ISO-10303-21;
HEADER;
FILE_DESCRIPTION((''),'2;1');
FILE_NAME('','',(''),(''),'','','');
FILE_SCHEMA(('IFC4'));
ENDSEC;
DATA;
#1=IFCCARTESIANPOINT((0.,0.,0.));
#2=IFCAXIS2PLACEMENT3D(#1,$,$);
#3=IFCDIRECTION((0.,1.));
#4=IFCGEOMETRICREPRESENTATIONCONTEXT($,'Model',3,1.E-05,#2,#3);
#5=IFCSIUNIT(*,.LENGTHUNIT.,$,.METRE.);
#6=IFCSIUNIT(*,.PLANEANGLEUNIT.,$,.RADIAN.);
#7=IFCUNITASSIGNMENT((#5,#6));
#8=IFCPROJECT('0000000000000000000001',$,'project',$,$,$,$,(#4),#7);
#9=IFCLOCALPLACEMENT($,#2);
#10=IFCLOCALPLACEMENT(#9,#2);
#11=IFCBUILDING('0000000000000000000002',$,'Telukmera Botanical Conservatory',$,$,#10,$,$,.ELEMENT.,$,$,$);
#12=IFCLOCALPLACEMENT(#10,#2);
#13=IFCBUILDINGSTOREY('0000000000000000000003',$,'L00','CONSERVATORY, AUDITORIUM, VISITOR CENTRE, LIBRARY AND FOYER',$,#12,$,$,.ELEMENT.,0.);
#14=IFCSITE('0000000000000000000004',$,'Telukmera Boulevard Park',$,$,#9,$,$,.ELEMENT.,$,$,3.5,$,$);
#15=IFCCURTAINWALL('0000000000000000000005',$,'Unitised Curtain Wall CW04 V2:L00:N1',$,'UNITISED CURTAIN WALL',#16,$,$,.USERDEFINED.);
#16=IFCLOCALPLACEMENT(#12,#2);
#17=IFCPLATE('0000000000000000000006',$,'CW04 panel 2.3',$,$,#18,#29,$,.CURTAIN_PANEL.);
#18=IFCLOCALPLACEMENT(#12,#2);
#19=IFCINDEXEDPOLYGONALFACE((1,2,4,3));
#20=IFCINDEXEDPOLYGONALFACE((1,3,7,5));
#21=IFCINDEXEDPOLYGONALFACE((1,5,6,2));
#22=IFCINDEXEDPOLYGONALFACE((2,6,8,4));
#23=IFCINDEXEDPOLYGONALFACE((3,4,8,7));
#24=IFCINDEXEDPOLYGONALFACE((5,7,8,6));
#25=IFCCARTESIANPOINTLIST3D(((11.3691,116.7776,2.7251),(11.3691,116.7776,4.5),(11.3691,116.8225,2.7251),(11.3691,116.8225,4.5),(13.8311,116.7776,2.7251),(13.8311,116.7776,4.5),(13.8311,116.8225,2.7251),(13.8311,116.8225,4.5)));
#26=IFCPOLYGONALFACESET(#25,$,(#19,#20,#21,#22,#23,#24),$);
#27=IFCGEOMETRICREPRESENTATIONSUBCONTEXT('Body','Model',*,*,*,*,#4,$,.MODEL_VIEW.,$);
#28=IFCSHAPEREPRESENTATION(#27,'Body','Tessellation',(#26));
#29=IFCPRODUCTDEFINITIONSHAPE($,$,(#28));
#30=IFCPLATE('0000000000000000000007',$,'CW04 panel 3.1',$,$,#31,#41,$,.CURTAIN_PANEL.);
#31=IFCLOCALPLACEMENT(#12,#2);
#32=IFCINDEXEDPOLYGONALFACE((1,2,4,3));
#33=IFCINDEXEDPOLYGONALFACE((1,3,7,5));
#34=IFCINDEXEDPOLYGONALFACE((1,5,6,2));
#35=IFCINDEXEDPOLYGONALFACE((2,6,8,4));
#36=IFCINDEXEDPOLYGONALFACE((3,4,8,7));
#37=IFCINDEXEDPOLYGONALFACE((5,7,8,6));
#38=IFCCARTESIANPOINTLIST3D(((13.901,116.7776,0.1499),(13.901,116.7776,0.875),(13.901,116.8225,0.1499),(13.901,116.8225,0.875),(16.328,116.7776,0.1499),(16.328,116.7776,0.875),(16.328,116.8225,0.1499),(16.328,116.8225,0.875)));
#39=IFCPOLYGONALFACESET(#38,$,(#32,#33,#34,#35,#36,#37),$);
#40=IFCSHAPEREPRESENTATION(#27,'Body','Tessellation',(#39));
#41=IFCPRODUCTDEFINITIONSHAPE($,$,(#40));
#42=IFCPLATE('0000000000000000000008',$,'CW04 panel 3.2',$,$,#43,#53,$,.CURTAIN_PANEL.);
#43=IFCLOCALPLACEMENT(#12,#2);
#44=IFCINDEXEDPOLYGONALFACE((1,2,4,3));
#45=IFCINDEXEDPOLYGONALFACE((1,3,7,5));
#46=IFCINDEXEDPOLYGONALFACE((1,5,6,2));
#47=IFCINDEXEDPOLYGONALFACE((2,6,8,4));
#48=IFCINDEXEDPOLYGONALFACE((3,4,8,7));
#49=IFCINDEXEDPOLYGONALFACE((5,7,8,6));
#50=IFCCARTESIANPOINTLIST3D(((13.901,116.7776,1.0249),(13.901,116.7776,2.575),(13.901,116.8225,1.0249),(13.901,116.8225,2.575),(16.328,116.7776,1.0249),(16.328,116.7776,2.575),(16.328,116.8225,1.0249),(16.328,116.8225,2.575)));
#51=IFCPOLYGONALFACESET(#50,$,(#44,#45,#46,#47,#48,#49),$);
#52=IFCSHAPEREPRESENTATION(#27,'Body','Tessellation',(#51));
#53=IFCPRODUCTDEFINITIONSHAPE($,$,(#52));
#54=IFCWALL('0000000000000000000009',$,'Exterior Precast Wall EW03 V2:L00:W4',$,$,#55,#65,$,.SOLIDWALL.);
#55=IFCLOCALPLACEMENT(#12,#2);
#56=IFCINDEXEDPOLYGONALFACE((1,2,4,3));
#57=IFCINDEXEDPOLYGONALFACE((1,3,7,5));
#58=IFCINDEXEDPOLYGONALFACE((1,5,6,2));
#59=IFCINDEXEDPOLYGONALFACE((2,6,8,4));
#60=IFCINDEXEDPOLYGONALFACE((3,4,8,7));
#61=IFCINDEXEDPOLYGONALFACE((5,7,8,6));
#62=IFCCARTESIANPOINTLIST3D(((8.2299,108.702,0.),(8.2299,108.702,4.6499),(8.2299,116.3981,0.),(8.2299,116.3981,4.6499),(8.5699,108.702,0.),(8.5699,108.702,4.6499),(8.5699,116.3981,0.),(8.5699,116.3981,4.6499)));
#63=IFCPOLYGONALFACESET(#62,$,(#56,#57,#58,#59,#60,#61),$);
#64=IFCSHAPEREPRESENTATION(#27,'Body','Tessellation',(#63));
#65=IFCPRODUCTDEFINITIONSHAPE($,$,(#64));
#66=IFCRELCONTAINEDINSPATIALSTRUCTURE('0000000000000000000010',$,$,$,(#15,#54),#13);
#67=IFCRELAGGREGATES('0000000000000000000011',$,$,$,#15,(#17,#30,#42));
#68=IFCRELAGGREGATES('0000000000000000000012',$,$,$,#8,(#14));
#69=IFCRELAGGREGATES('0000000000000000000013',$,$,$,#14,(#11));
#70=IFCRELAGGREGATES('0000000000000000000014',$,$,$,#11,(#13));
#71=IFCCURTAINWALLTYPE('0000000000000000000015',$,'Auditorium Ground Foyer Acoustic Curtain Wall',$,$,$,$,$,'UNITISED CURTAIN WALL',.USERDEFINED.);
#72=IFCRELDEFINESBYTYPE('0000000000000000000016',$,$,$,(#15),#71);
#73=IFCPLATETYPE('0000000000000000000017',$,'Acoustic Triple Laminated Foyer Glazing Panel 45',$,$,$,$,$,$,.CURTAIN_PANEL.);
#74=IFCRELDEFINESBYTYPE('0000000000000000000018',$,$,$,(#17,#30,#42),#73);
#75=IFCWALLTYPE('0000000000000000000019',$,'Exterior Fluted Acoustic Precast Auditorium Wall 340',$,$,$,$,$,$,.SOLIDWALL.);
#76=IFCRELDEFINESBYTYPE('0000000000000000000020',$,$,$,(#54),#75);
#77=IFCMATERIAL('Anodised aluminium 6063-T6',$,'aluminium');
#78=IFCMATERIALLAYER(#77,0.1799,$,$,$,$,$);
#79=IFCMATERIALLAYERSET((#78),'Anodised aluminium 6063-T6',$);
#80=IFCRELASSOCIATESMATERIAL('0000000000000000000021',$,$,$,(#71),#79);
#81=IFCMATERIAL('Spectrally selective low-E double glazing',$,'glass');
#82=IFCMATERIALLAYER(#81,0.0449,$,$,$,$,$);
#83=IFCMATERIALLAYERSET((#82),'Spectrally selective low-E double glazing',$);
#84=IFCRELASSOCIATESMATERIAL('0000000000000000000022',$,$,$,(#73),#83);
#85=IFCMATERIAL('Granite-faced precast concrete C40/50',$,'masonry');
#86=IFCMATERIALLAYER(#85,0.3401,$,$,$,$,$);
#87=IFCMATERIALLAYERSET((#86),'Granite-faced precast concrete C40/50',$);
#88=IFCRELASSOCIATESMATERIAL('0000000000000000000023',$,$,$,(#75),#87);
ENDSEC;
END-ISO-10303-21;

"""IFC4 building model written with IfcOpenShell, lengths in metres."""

from ifc_helpers import new_model, si_unit, direction, frame, frame_2d, origin, origin_2d, place, context, subcontext, project, spatial, rectangle, extrude, material, layer, layer_set, type_object, element, aggregate, save


model = new_model("IFC4")

# Units and contexts
model_context = context("Model", 3, precision=1e-05, world=origin(), true_north=direction((0.0, 1.0)))
body_context = subcontext(model_context, "Body", "Model", "MODEL_VIEW")
ifc_project = project(units=[si_unit("LENGTHUNIT", "METRE"), si_unit("PLANEANGLEUNIT", "RADIAN")], contexts=[model_context])

# Site, building, storey
site_placement = place(None, origin())
site = spatial("IfcSite", under=ifc_project, at=site_placement, Name="Telukmera Boulevard Park", CompositionType="ELEMENT", RefElevation=3.5)
building_placement = place(site_placement, origin())
building = spatial("IfcBuilding", under=site, at=building_placement, Name="Telukmera Botanical Conservatory", CompositionType="ELEMENT")
storey_placement = place(building_placement, origin())
storey = spatial("IfcBuildingStorey", under=building, at=storey_placement, Name="L00", Description="CONSERVATORY, AUDITORIUM, VISITOR CENTRE, LIBRARY AND FOYER", CompositionType="ELEMENT", Elevation=0.0)

# Curtain wall, plates
ifc_material_1 = material(Name="Anodised aluminium 6063-T6", Category="aluminium")
ifc_layer_1 = layer(ifc_material_1, 0.1799)
ifc_layer_set_1 = layer_set([ifc_layer_1], Name="Anodised aluminium 6063-T6")
curtain_wall_type = type_object("IfcCurtainWallType", Name="Auditorium Ground Foyer Acoustic Curtain Wall", ElementType="UNITISED CURTAIN WALL", PredefinedType="USERDEFINED", material=ifc_layer_set_1)
curtain_wall_placement = place(storey_placement, origin())
curtain_wall = element("IfcCurtainWall", 1, at=curtain_wall_placement, inside=storey, type_object=curtain_wall_type, Name="Unitised Curtain Wall CW04 V2:L00:N1", ObjectType="UNITISED CURTAIN WALL", PredefinedType="USERDEFINED")
ifc_material_2 = material(Name="Spectrally selective low-E double glazing", Category="glass")
ifc_layer_2 = layer(ifc_material_2, 0.0449)
ifc_layer_set_2 = layer_set([ifc_layer_2], Name="Spectrally selective low-E double glazing")
plate_type = type_object("IfcPlateType", Name="Acoustic Triple Laminated Foyer Glazing Panel 45", PredefinedType="CURTAIN_PANEL", material=ifc_layer_set_2)
plate_1_placement = place(storey_placement, frame((12.6001, 116.8, 2.7251), z_axis=(0.0, 0.0, 1.0), x_axis=(1.0, 0.0, 0.0)))
plate_1 = element("IfcPlate", 2, at=plate_1_placement, type_object=plate_type, Name="CW04 panel 2.3", PredefinedType="CURTAIN_PANEL", context=body_context, shape_type="SweptSolid", body=[
    extrude(rectangle(XDim=2.4619, YDim=0.0449, at=origin_2d()), origin(), (0.0, 0.0, 1.0), 1.7749),
])
plate_2_placement = place(storey_placement, frame((15.1145, 116.8, 0.1499), z_axis=(0.0, 0.0, 1.0), x_axis=(1.0, 0.0, 0.0)))
plate_2 = element("IfcPlate", 3, at=plate_2_placement, type_object=plate_type, Name="CW04 panel 3.1", PredefinedType="CURTAIN_PANEL", context=body_context, shape_type="SweptSolid", body=[
    extrude(rectangle(XDim=2.427, YDim=0.0449, at=origin_2d()), origin(), (0.0, 0.0, 1.0), 0.7251),
])
plate_3_placement = place(storey_placement, frame((15.1145, 116.8, 1.0249), z_axis=(0.0, 0.0, 1.0), x_axis=(1.0, 0.0, 0.0)))
plate_3 = element("IfcPlate", 4, at=plate_3_placement, type_object=plate_type, Name="CW04 panel 3.2", PredefinedType="CURTAIN_PANEL", context=body_context, shape_type="SweptSolid", body=[
    extrude(rectangle(XDim=2.427, YDim=0.0449, at=origin_2d()), origin(), (0.0, 0.0, 1.0), 1.55),
])
aggregate(curtain_wall, [plate_1, plate_2, plate_3])

# Wall
ifc_material_3 = material(Name="Granite-faced precast concrete C40/50", Category="masonry")
ifc_layer_3 = layer(ifc_material_3, 0.3401)
ifc_layer_set_3 = layer_set([ifc_layer_3], Name="Granite-faced precast concrete C40/50")
wall_type = type_object("IfcWallType", Name="Exterior Fluted Acoustic Precast Auditorium Wall 340", PredefinedType="SOLIDWALL", material=ifc_layer_set_3)
wall_placement = place(storey_placement, frame((8.3999, 108.7019, 0.0), z_axis=(0.0, 0.0, 1.0), x_axis=(0.0, 1.0, 0.0)))
element("IfcWall", 5, at=wall_placement, inside=storey, type_object=wall_type, Name="Exterior Precast Wall EW03 V2:L00:W4", PredefinedType="SOLIDWALL", context=body_context, shape_type="SweptSolid", body=[
    extrude(rectangle(XDim=7.696, YDim=0.3401, at=frame_2d((3.8481, 0.0))), origin(), (0.0, 0.0, 1.0), 4.6499),
])

save(model, "model.ifc")
